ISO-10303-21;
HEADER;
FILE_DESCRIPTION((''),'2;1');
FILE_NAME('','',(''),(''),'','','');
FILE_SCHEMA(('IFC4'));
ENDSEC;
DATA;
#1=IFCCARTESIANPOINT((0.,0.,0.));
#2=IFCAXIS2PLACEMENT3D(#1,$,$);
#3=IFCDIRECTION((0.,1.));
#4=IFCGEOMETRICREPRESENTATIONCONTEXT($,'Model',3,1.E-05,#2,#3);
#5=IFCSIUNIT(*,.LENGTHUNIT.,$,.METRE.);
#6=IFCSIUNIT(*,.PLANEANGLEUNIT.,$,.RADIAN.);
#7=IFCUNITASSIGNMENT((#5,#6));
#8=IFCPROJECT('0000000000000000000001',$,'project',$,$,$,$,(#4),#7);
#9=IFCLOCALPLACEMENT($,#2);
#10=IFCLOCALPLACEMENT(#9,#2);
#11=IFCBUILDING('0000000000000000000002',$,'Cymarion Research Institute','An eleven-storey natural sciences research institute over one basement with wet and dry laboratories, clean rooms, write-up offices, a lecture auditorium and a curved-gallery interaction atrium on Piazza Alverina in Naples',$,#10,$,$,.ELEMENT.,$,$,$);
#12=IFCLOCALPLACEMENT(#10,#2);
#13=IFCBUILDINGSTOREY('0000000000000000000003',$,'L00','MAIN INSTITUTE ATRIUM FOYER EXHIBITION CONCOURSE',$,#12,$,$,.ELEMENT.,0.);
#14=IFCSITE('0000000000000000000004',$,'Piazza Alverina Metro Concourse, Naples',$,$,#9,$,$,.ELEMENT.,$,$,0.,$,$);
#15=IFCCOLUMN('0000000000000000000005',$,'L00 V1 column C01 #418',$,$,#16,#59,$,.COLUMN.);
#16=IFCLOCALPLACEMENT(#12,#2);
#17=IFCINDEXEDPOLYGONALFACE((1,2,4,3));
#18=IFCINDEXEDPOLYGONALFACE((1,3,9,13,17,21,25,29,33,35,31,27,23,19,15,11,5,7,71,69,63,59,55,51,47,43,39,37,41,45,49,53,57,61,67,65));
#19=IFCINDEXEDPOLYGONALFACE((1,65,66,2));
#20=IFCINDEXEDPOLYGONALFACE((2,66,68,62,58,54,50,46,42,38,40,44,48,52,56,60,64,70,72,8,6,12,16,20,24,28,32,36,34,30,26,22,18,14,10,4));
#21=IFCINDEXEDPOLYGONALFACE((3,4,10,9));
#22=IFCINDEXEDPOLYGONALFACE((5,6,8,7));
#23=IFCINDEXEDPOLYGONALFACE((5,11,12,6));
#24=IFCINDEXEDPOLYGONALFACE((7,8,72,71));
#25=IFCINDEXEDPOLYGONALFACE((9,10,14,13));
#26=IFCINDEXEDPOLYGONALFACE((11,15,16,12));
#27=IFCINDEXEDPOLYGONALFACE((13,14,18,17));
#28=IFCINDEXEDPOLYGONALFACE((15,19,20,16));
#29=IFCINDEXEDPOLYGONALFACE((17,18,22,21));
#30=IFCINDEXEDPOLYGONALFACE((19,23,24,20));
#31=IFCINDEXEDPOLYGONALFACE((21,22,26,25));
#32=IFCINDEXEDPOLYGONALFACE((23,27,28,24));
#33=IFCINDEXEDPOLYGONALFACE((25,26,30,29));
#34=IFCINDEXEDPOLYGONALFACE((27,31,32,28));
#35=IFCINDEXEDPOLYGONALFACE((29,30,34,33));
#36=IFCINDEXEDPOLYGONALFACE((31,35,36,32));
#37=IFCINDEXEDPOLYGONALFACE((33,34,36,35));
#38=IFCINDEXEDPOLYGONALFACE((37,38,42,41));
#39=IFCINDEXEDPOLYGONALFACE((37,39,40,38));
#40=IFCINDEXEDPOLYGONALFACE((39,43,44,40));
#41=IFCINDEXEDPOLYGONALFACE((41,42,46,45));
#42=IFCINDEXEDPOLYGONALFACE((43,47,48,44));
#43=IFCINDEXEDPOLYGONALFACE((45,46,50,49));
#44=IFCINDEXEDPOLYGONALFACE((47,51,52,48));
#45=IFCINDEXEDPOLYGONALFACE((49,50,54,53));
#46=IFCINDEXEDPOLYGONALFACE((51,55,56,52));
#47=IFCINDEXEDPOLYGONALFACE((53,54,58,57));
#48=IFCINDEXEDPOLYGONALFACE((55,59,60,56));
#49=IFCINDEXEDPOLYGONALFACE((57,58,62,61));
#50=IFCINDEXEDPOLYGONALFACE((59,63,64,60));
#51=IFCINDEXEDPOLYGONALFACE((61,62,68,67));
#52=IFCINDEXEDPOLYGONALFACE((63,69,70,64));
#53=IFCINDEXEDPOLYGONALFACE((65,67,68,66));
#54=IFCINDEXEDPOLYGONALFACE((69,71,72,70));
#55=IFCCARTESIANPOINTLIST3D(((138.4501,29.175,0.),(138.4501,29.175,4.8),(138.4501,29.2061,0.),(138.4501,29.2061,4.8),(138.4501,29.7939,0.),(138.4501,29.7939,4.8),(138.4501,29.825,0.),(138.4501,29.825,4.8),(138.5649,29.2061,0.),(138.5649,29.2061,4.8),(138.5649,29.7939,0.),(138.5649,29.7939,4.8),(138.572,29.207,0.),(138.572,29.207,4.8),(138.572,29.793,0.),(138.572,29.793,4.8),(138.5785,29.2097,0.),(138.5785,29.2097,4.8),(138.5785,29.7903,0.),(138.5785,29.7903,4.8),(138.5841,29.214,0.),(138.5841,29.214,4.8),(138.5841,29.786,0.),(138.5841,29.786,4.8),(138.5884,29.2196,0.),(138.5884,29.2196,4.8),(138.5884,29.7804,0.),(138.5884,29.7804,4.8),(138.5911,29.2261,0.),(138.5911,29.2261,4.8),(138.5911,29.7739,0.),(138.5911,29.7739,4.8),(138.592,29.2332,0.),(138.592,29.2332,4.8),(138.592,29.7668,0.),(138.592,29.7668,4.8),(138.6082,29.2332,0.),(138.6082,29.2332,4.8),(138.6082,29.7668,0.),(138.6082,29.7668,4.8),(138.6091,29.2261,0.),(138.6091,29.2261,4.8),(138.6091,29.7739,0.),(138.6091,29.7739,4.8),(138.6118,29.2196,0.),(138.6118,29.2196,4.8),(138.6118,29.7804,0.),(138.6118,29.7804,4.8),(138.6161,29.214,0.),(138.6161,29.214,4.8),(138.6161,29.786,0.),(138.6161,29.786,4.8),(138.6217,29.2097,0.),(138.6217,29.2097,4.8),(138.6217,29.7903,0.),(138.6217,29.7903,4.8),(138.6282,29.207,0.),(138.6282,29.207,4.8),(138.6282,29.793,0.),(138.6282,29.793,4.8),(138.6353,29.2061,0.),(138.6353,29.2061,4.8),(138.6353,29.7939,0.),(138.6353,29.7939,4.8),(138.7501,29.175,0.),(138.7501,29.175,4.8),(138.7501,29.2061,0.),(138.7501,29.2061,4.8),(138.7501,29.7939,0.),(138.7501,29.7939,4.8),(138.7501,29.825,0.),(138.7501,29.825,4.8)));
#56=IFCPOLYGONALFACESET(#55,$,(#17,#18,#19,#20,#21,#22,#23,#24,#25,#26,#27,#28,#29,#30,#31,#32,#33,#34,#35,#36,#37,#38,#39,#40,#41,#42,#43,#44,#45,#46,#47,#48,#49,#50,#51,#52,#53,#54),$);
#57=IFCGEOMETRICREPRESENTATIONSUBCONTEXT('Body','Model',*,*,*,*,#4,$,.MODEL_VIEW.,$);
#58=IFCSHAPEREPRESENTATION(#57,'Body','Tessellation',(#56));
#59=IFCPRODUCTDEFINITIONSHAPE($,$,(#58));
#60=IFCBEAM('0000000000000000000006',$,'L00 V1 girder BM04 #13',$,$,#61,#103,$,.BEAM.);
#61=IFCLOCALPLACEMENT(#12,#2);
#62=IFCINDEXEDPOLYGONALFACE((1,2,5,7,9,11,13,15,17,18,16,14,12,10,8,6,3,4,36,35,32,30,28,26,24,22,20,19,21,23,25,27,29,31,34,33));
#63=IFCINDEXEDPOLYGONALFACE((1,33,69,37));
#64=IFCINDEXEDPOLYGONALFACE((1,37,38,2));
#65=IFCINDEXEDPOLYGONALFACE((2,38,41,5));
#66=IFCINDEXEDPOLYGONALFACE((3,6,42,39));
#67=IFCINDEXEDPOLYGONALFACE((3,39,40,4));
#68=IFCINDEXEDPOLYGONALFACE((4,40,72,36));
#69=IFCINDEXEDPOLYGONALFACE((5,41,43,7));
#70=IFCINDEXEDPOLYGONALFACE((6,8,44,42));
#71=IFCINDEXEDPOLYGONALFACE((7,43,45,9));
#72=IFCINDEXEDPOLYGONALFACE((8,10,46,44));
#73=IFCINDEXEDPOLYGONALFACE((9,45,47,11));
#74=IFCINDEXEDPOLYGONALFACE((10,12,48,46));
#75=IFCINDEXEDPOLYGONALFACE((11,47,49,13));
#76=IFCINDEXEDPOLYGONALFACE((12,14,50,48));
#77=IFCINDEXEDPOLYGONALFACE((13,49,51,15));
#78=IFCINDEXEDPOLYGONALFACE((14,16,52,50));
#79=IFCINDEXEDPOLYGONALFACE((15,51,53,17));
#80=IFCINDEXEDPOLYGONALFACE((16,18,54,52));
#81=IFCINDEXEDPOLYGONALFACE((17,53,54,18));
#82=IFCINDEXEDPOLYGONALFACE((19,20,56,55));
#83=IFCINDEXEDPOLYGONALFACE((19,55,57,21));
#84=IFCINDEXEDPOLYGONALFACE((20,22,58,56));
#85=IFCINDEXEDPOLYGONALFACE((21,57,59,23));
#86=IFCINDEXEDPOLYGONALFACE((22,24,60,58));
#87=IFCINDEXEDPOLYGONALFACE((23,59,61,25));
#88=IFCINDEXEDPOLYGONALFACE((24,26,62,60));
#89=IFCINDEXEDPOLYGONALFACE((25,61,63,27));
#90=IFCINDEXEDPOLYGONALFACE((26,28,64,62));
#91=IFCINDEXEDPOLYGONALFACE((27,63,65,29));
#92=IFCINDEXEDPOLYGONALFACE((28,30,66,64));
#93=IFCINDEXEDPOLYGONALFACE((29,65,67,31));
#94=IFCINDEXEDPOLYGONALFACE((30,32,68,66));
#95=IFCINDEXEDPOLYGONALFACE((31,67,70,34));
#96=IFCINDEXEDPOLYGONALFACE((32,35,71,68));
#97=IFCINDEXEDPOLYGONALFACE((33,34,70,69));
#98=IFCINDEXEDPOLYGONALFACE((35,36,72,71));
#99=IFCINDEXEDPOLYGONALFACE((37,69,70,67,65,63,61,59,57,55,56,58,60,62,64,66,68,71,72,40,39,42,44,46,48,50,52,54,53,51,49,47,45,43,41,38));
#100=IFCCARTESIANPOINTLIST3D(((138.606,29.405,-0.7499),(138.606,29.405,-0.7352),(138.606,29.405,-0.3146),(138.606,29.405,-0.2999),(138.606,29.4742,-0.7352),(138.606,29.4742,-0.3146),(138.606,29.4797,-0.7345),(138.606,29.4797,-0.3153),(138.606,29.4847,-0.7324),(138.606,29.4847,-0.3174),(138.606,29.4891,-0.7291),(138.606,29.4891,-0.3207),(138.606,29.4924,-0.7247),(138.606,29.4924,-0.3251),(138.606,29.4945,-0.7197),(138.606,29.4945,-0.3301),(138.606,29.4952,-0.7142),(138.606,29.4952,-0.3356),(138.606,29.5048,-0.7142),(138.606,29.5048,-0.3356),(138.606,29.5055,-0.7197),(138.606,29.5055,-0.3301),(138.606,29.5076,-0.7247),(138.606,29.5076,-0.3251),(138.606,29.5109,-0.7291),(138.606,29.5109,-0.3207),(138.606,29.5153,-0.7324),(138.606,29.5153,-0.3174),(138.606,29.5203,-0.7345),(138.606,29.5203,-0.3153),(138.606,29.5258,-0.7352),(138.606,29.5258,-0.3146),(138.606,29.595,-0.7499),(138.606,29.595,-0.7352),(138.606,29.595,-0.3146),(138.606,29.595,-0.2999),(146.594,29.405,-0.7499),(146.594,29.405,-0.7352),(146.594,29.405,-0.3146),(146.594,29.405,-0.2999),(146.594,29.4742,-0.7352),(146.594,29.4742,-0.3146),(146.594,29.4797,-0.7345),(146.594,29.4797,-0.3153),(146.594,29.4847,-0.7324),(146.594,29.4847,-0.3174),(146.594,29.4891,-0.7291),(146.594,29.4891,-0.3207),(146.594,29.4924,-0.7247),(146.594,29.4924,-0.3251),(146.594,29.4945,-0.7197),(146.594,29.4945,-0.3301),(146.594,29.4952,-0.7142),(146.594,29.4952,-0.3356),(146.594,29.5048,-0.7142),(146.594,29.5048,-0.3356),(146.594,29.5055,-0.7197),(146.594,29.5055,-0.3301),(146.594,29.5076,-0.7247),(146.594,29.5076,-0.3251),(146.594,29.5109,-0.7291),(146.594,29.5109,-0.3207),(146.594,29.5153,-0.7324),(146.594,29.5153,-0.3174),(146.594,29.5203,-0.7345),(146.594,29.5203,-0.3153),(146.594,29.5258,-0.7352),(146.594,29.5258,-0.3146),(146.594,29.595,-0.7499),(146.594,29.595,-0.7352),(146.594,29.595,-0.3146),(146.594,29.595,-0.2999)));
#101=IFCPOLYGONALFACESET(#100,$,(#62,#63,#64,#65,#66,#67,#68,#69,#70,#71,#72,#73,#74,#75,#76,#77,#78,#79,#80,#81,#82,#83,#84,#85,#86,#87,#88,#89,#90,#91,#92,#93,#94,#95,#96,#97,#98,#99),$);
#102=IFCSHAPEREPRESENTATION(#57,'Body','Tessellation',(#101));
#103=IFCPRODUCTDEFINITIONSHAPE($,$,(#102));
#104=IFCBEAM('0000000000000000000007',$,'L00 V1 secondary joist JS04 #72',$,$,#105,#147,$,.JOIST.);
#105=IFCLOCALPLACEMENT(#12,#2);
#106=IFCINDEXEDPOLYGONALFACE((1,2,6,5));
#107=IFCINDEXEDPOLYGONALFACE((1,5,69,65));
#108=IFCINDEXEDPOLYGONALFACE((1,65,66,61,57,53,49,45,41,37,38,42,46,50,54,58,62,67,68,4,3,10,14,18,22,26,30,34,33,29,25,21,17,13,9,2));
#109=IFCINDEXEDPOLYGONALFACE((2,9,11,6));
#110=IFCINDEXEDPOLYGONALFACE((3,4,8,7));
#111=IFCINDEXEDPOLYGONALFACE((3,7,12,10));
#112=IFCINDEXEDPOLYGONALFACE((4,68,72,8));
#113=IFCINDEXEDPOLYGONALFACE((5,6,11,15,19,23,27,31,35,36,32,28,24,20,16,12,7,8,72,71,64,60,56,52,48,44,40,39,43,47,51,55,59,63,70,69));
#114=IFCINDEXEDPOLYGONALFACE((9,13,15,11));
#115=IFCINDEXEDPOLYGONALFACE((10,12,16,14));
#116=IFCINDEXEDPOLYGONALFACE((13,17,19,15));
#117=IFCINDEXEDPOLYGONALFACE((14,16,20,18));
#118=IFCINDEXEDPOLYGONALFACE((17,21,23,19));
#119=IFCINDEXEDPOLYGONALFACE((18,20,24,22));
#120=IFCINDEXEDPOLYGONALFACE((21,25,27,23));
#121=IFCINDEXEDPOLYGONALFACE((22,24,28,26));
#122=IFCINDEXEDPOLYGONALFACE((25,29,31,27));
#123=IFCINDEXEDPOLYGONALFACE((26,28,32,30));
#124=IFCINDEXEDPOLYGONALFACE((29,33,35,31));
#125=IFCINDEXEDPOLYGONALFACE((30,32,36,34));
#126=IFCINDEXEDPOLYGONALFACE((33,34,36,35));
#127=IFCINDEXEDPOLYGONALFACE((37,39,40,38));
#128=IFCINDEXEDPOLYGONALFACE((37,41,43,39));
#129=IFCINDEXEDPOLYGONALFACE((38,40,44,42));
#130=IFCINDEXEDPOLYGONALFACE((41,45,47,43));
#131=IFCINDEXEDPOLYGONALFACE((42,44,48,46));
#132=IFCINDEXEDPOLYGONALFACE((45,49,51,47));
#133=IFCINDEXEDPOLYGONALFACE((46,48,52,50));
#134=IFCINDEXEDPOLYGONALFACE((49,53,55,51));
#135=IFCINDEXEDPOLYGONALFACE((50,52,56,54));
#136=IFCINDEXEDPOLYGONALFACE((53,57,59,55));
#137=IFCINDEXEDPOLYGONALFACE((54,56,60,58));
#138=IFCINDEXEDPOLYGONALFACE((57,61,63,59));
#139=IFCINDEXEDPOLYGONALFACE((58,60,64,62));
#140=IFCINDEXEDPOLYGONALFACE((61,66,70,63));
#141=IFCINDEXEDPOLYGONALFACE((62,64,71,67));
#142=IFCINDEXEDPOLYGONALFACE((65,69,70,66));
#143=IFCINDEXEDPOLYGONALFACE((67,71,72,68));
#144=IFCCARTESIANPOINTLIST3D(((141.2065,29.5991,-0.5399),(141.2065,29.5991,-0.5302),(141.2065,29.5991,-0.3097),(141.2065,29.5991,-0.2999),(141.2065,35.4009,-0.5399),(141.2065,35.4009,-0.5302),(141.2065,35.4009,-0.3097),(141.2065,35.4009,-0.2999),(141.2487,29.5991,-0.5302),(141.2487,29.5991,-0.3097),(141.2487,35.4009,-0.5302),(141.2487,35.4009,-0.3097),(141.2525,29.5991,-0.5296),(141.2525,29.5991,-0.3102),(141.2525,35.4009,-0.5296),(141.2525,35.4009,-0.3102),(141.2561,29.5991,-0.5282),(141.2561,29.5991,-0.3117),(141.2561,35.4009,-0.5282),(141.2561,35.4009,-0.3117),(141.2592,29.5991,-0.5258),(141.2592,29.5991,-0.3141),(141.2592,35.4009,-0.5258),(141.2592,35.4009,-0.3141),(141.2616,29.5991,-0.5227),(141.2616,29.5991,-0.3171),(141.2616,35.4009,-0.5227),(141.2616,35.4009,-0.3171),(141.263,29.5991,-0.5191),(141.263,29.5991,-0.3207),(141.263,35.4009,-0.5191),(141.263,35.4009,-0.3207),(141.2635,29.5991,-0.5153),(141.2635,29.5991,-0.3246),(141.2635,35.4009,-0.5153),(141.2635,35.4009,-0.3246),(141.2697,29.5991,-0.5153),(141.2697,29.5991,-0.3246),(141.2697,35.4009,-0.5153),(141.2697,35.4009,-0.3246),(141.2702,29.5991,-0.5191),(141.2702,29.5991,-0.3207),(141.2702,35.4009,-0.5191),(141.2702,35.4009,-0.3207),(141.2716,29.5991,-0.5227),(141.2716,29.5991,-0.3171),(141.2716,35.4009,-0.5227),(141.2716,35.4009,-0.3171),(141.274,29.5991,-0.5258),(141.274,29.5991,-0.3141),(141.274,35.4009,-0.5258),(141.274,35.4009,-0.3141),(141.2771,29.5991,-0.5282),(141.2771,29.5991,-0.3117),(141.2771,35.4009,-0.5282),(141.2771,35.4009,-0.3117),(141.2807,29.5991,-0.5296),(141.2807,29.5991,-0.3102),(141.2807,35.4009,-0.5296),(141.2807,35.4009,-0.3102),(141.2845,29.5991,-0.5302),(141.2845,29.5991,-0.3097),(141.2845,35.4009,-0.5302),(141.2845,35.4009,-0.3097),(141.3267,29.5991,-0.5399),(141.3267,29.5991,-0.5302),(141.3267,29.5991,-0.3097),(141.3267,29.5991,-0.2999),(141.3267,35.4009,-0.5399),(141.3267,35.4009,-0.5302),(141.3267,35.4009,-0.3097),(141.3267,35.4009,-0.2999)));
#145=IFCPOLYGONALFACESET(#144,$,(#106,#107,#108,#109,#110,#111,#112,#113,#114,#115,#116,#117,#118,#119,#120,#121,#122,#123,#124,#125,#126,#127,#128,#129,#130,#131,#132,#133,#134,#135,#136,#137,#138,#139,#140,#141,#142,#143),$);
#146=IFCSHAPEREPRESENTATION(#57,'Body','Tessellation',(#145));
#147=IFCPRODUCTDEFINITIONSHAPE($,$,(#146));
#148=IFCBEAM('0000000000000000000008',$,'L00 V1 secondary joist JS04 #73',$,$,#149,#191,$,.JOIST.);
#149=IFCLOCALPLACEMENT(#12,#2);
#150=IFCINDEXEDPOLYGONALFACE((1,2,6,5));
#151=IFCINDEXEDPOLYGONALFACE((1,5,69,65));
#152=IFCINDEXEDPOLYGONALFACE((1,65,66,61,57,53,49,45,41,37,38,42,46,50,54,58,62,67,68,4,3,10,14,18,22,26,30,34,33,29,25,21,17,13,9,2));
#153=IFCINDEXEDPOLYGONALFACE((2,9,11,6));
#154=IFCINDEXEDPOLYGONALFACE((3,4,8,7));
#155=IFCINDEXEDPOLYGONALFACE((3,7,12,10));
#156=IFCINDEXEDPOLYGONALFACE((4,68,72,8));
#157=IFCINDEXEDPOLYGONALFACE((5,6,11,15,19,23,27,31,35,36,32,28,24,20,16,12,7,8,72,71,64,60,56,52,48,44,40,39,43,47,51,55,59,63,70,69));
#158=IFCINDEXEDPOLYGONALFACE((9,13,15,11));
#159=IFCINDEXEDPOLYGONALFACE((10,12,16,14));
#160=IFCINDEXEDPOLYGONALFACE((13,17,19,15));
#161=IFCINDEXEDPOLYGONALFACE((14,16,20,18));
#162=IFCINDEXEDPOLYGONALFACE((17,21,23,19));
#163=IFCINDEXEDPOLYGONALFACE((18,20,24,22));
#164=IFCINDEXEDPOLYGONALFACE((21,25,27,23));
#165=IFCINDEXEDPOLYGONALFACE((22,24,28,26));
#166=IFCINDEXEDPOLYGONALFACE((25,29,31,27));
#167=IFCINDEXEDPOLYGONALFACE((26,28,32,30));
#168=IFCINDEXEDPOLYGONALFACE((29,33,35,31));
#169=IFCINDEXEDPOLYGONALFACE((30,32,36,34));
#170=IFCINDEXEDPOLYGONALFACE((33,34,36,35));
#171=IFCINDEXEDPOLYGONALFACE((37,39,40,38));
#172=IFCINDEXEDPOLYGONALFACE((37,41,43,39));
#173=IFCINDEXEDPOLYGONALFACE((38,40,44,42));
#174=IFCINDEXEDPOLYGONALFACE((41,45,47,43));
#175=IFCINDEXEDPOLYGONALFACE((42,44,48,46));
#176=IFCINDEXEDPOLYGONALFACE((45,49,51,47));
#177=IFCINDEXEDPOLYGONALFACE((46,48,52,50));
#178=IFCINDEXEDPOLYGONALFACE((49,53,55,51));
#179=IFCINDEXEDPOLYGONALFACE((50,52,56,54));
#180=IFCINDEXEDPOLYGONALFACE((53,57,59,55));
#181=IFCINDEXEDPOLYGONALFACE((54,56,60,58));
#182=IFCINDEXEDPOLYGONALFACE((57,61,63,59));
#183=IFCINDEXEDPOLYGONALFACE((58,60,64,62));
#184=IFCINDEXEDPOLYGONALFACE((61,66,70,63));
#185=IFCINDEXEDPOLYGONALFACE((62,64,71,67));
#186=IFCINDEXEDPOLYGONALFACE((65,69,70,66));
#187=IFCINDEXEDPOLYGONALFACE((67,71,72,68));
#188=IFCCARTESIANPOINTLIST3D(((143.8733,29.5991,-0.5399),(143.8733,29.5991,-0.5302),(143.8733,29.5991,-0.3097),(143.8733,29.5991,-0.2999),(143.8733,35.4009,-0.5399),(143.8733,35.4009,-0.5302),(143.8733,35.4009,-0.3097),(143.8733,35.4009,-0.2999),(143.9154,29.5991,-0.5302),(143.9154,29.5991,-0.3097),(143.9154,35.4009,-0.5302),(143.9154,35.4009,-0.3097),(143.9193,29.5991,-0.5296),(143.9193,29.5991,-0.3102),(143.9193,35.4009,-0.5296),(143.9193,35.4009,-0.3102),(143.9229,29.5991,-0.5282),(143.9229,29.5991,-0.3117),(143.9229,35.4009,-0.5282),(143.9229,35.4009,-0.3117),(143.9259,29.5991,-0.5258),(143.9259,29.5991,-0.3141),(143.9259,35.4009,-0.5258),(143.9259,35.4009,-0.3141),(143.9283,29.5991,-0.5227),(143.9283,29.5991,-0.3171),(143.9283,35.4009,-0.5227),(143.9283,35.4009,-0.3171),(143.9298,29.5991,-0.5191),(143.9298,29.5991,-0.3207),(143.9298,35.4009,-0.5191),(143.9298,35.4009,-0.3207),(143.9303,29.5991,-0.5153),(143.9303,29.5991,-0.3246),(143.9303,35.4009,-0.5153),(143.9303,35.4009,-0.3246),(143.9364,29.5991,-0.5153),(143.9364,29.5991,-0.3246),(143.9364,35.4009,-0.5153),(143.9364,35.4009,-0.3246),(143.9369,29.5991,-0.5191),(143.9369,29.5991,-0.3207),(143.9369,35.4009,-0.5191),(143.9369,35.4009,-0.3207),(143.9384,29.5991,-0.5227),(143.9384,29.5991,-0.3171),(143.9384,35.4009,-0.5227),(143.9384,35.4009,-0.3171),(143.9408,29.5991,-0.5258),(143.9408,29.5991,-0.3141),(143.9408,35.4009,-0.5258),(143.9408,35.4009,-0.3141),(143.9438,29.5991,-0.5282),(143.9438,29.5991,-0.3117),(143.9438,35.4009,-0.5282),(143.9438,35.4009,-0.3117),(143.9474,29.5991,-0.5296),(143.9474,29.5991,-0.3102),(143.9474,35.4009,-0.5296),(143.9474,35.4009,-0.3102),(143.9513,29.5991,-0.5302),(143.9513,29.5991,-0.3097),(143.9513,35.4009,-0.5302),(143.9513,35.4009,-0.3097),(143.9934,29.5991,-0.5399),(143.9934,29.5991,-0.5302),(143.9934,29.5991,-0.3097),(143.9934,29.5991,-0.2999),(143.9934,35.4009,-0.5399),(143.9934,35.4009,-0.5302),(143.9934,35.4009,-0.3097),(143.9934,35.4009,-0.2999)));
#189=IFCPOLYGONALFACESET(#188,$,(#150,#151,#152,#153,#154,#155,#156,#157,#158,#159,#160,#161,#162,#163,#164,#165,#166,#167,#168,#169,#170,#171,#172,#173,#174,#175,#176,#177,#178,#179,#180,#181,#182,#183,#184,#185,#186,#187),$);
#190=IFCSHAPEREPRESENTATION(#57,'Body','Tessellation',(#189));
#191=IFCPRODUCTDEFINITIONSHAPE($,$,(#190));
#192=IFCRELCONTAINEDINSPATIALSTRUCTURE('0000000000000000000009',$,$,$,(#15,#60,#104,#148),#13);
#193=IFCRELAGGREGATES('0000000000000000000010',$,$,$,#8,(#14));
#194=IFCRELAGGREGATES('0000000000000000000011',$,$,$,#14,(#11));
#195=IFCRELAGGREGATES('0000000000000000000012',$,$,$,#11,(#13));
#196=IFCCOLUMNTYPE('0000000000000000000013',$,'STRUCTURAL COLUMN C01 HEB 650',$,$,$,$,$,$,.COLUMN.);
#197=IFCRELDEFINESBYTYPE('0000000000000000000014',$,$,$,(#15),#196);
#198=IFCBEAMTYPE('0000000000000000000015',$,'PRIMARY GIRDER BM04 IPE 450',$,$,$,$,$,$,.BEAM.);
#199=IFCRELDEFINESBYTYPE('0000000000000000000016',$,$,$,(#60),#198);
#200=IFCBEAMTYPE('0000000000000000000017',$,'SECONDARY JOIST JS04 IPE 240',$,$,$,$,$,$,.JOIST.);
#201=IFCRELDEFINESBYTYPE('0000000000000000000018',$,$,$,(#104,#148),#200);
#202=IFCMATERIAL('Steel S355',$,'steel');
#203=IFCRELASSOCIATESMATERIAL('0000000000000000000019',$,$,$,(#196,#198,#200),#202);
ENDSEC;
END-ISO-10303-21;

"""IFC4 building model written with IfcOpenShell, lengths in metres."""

from ifc_helpers import new_model, si_unit, direction, frame, origin, origin_2d, place, context, subcontext, project, spatial, i_section, extrude, material, material_profile, profile_set, type_object, element, save


model = new_model("IFC4")

# Units and contexts
model_context = context("Model", 3, precision=1e-05, world=origin(), true_north=direction((0.0, 1.0)))
body_context = subcontext(model_context, "Body", "Model", "MODEL_VIEW")
ifc_project = project(units=[si_unit("LENGTHUNIT", "METRE"), si_unit("PLANEANGLEUNIT", "RADIAN")], contexts=[model_context])

# Site, building, storey
site_placement = place(None, origin())
site = spatial("IfcSite", under=ifc_project, at=site_placement, Name="Piazza Alverina Metro Concourse, Naples", CompositionType="ELEMENT", RefElevation=0.0)
building_placement = place(site_placement, origin())
building = spatial("IfcBuilding", under=site, at=building_placement, Name="Cymarion Research Institute", Description="An eleven-storey natural sciences research institute over one basement with wet and dry laboratories, clean rooms, write-up offices, a lecture auditorium and a curved-gallery interaction atrium on Piazza Alverina in Naples", CompositionType="ELEMENT")
storey_placement = place(building_placement, origin())
storey = spatial("IfcBuildingStorey", under=building, at=storey_placement, Name="L00", Description="MAIN INSTITUTE ATRIUM FOYER EXHIBITION CONCOURSE", CompositionType="ELEMENT", Elevation=0.0)

# Column
ifc_material_1 = material(Name="Steel S355", Category="steel")
ifc_material_profile_1 = material_profile(ifc_material_1, i_section(OverallWidth=0.3, OverallDepth=0.6499, WebThickness=0.0161, FlangeThickness=0.031, FilletRadius=0.0271, at=origin_2d()), Name="HEB 650")
ifc_profile_set_1 = profile_set([ifc_material_profile_1], Name="Steel S355")
column_type = type_object("IfcColumnType", Name="STRUCTURAL COLUMN C01 HEB 650", PredefinedType="COLUMN", material=ifc_profile_set_1)
column_placement = place(storey_placement, frame((138.6001, 29.5, 0.0), z_axis=(0.0, 0.0, 1.0), x_axis=(1.0, 0.0, 0.0)))
element("IfcColumn", 1, at=column_placement, inside=storey, type_object=column_type, Name="L00 V1 column C01 #418", PredefinedType="COLUMN", context=body_context, shape_type="SweptSolid", body=[
    extrude(i_section(OverallWidth=0.3, OverallDepth=0.6499, WebThickness=0.0161, FlangeThickness=0.031, FilletRadius=0.0271, at=origin_2d()), origin(), (0.0, 0.0, 1.0), 4.8),
])

# Beams
ifc_material_profile_2 = material_profile(ifc_material_1, i_section(OverallWidth=0.1899, OverallDepth=0.45, WebThickness=0.0095, FlangeThickness=0.0146, FilletRadius=0.021, at=origin_2d()), Name="IPE 450")
ifc_profile_set_2 = profile_set([ifc_material_profile_2], Name="Steel S355")
beam_type_1 = type_object("IfcBeamType", Name="PRIMARY GIRDER BM04 IPE 450", PredefinedType="BEAM", material=ifc_profile_set_2)
beam_placement = place(storey_placement, frame((138.606, 29.5, -0.5249), z_axis=(1.0, 0.0, 0.0), x_axis=(0.0, 1.0, 0.0)))
element("IfcBeam", 2, at=beam_placement, inside=storey, type_object=beam_type_1, Name="L00 V1 girder BM04 #13", PredefinedType="BEAM", context=body_context, shape_type="SweptSolid", body=[
    extrude(i_section(OverallWidth=0.1899, OverallDepth=0.45, WebThickness=0.0095, FlangeThickness=0.0146, FilletRadius=0.021, at=origin_2d()), origin(), (0.0, 0.0, 1.0), 7.988),
])
ifc_material_profile_3 = material_profile(ifc_material_1, i_section(OverallWidth=0.1201, OverallDepth=0.24, WebThickness=0.0061, FlangeThickness=0.0098, FilletRadius=0.0149, at=origin_2d()), Name="IPE 240")
ifc_profile_set_3 = profile_set([ifc_material_profile_3], Name="Steel S355")
beam_type_2 = type_object("IfcBeamType", Name="SECONDARY JOIST JS04 IPE 240", PredefinedType="JOIST", material=ifc_profile_set_3)
for number, where, z_axis, x_axis, name in (
    (3, (141.2666, 29.5991, -0.4199), (0.0, 1.0, 0.0), (-1.0, 0.0, 0.0), "L00 V1 secondary joist JS04 #72"),
    (4, (143.9333, 29.5991, -0.4199), (0.0, 1.0, 0.0), (-1.0, 0.0, 0.0), "L00 V1 secondary joist JS04 #73"),
):
    element("IfcBeam", number, at=place(storey_placement, frame(where, z_axis=z_axis, x_axis=x_axis)), inside=storey, type_object=beam_type_2, Name=name, PredefinedType="JOIST", context=body_context, shape_type="SweptSolid", body=[
        extrude(i_section(OverallWidth=0.1201, OverallDepth=0.24, WebThickness=0.0061, FlangeThickness=0.0098, FilletRadius=0.0149, at=origin_2d()), origin(), (0.0, 0.0, 1.0), 5.8018),
    ])

save(model, "model.ifc")
